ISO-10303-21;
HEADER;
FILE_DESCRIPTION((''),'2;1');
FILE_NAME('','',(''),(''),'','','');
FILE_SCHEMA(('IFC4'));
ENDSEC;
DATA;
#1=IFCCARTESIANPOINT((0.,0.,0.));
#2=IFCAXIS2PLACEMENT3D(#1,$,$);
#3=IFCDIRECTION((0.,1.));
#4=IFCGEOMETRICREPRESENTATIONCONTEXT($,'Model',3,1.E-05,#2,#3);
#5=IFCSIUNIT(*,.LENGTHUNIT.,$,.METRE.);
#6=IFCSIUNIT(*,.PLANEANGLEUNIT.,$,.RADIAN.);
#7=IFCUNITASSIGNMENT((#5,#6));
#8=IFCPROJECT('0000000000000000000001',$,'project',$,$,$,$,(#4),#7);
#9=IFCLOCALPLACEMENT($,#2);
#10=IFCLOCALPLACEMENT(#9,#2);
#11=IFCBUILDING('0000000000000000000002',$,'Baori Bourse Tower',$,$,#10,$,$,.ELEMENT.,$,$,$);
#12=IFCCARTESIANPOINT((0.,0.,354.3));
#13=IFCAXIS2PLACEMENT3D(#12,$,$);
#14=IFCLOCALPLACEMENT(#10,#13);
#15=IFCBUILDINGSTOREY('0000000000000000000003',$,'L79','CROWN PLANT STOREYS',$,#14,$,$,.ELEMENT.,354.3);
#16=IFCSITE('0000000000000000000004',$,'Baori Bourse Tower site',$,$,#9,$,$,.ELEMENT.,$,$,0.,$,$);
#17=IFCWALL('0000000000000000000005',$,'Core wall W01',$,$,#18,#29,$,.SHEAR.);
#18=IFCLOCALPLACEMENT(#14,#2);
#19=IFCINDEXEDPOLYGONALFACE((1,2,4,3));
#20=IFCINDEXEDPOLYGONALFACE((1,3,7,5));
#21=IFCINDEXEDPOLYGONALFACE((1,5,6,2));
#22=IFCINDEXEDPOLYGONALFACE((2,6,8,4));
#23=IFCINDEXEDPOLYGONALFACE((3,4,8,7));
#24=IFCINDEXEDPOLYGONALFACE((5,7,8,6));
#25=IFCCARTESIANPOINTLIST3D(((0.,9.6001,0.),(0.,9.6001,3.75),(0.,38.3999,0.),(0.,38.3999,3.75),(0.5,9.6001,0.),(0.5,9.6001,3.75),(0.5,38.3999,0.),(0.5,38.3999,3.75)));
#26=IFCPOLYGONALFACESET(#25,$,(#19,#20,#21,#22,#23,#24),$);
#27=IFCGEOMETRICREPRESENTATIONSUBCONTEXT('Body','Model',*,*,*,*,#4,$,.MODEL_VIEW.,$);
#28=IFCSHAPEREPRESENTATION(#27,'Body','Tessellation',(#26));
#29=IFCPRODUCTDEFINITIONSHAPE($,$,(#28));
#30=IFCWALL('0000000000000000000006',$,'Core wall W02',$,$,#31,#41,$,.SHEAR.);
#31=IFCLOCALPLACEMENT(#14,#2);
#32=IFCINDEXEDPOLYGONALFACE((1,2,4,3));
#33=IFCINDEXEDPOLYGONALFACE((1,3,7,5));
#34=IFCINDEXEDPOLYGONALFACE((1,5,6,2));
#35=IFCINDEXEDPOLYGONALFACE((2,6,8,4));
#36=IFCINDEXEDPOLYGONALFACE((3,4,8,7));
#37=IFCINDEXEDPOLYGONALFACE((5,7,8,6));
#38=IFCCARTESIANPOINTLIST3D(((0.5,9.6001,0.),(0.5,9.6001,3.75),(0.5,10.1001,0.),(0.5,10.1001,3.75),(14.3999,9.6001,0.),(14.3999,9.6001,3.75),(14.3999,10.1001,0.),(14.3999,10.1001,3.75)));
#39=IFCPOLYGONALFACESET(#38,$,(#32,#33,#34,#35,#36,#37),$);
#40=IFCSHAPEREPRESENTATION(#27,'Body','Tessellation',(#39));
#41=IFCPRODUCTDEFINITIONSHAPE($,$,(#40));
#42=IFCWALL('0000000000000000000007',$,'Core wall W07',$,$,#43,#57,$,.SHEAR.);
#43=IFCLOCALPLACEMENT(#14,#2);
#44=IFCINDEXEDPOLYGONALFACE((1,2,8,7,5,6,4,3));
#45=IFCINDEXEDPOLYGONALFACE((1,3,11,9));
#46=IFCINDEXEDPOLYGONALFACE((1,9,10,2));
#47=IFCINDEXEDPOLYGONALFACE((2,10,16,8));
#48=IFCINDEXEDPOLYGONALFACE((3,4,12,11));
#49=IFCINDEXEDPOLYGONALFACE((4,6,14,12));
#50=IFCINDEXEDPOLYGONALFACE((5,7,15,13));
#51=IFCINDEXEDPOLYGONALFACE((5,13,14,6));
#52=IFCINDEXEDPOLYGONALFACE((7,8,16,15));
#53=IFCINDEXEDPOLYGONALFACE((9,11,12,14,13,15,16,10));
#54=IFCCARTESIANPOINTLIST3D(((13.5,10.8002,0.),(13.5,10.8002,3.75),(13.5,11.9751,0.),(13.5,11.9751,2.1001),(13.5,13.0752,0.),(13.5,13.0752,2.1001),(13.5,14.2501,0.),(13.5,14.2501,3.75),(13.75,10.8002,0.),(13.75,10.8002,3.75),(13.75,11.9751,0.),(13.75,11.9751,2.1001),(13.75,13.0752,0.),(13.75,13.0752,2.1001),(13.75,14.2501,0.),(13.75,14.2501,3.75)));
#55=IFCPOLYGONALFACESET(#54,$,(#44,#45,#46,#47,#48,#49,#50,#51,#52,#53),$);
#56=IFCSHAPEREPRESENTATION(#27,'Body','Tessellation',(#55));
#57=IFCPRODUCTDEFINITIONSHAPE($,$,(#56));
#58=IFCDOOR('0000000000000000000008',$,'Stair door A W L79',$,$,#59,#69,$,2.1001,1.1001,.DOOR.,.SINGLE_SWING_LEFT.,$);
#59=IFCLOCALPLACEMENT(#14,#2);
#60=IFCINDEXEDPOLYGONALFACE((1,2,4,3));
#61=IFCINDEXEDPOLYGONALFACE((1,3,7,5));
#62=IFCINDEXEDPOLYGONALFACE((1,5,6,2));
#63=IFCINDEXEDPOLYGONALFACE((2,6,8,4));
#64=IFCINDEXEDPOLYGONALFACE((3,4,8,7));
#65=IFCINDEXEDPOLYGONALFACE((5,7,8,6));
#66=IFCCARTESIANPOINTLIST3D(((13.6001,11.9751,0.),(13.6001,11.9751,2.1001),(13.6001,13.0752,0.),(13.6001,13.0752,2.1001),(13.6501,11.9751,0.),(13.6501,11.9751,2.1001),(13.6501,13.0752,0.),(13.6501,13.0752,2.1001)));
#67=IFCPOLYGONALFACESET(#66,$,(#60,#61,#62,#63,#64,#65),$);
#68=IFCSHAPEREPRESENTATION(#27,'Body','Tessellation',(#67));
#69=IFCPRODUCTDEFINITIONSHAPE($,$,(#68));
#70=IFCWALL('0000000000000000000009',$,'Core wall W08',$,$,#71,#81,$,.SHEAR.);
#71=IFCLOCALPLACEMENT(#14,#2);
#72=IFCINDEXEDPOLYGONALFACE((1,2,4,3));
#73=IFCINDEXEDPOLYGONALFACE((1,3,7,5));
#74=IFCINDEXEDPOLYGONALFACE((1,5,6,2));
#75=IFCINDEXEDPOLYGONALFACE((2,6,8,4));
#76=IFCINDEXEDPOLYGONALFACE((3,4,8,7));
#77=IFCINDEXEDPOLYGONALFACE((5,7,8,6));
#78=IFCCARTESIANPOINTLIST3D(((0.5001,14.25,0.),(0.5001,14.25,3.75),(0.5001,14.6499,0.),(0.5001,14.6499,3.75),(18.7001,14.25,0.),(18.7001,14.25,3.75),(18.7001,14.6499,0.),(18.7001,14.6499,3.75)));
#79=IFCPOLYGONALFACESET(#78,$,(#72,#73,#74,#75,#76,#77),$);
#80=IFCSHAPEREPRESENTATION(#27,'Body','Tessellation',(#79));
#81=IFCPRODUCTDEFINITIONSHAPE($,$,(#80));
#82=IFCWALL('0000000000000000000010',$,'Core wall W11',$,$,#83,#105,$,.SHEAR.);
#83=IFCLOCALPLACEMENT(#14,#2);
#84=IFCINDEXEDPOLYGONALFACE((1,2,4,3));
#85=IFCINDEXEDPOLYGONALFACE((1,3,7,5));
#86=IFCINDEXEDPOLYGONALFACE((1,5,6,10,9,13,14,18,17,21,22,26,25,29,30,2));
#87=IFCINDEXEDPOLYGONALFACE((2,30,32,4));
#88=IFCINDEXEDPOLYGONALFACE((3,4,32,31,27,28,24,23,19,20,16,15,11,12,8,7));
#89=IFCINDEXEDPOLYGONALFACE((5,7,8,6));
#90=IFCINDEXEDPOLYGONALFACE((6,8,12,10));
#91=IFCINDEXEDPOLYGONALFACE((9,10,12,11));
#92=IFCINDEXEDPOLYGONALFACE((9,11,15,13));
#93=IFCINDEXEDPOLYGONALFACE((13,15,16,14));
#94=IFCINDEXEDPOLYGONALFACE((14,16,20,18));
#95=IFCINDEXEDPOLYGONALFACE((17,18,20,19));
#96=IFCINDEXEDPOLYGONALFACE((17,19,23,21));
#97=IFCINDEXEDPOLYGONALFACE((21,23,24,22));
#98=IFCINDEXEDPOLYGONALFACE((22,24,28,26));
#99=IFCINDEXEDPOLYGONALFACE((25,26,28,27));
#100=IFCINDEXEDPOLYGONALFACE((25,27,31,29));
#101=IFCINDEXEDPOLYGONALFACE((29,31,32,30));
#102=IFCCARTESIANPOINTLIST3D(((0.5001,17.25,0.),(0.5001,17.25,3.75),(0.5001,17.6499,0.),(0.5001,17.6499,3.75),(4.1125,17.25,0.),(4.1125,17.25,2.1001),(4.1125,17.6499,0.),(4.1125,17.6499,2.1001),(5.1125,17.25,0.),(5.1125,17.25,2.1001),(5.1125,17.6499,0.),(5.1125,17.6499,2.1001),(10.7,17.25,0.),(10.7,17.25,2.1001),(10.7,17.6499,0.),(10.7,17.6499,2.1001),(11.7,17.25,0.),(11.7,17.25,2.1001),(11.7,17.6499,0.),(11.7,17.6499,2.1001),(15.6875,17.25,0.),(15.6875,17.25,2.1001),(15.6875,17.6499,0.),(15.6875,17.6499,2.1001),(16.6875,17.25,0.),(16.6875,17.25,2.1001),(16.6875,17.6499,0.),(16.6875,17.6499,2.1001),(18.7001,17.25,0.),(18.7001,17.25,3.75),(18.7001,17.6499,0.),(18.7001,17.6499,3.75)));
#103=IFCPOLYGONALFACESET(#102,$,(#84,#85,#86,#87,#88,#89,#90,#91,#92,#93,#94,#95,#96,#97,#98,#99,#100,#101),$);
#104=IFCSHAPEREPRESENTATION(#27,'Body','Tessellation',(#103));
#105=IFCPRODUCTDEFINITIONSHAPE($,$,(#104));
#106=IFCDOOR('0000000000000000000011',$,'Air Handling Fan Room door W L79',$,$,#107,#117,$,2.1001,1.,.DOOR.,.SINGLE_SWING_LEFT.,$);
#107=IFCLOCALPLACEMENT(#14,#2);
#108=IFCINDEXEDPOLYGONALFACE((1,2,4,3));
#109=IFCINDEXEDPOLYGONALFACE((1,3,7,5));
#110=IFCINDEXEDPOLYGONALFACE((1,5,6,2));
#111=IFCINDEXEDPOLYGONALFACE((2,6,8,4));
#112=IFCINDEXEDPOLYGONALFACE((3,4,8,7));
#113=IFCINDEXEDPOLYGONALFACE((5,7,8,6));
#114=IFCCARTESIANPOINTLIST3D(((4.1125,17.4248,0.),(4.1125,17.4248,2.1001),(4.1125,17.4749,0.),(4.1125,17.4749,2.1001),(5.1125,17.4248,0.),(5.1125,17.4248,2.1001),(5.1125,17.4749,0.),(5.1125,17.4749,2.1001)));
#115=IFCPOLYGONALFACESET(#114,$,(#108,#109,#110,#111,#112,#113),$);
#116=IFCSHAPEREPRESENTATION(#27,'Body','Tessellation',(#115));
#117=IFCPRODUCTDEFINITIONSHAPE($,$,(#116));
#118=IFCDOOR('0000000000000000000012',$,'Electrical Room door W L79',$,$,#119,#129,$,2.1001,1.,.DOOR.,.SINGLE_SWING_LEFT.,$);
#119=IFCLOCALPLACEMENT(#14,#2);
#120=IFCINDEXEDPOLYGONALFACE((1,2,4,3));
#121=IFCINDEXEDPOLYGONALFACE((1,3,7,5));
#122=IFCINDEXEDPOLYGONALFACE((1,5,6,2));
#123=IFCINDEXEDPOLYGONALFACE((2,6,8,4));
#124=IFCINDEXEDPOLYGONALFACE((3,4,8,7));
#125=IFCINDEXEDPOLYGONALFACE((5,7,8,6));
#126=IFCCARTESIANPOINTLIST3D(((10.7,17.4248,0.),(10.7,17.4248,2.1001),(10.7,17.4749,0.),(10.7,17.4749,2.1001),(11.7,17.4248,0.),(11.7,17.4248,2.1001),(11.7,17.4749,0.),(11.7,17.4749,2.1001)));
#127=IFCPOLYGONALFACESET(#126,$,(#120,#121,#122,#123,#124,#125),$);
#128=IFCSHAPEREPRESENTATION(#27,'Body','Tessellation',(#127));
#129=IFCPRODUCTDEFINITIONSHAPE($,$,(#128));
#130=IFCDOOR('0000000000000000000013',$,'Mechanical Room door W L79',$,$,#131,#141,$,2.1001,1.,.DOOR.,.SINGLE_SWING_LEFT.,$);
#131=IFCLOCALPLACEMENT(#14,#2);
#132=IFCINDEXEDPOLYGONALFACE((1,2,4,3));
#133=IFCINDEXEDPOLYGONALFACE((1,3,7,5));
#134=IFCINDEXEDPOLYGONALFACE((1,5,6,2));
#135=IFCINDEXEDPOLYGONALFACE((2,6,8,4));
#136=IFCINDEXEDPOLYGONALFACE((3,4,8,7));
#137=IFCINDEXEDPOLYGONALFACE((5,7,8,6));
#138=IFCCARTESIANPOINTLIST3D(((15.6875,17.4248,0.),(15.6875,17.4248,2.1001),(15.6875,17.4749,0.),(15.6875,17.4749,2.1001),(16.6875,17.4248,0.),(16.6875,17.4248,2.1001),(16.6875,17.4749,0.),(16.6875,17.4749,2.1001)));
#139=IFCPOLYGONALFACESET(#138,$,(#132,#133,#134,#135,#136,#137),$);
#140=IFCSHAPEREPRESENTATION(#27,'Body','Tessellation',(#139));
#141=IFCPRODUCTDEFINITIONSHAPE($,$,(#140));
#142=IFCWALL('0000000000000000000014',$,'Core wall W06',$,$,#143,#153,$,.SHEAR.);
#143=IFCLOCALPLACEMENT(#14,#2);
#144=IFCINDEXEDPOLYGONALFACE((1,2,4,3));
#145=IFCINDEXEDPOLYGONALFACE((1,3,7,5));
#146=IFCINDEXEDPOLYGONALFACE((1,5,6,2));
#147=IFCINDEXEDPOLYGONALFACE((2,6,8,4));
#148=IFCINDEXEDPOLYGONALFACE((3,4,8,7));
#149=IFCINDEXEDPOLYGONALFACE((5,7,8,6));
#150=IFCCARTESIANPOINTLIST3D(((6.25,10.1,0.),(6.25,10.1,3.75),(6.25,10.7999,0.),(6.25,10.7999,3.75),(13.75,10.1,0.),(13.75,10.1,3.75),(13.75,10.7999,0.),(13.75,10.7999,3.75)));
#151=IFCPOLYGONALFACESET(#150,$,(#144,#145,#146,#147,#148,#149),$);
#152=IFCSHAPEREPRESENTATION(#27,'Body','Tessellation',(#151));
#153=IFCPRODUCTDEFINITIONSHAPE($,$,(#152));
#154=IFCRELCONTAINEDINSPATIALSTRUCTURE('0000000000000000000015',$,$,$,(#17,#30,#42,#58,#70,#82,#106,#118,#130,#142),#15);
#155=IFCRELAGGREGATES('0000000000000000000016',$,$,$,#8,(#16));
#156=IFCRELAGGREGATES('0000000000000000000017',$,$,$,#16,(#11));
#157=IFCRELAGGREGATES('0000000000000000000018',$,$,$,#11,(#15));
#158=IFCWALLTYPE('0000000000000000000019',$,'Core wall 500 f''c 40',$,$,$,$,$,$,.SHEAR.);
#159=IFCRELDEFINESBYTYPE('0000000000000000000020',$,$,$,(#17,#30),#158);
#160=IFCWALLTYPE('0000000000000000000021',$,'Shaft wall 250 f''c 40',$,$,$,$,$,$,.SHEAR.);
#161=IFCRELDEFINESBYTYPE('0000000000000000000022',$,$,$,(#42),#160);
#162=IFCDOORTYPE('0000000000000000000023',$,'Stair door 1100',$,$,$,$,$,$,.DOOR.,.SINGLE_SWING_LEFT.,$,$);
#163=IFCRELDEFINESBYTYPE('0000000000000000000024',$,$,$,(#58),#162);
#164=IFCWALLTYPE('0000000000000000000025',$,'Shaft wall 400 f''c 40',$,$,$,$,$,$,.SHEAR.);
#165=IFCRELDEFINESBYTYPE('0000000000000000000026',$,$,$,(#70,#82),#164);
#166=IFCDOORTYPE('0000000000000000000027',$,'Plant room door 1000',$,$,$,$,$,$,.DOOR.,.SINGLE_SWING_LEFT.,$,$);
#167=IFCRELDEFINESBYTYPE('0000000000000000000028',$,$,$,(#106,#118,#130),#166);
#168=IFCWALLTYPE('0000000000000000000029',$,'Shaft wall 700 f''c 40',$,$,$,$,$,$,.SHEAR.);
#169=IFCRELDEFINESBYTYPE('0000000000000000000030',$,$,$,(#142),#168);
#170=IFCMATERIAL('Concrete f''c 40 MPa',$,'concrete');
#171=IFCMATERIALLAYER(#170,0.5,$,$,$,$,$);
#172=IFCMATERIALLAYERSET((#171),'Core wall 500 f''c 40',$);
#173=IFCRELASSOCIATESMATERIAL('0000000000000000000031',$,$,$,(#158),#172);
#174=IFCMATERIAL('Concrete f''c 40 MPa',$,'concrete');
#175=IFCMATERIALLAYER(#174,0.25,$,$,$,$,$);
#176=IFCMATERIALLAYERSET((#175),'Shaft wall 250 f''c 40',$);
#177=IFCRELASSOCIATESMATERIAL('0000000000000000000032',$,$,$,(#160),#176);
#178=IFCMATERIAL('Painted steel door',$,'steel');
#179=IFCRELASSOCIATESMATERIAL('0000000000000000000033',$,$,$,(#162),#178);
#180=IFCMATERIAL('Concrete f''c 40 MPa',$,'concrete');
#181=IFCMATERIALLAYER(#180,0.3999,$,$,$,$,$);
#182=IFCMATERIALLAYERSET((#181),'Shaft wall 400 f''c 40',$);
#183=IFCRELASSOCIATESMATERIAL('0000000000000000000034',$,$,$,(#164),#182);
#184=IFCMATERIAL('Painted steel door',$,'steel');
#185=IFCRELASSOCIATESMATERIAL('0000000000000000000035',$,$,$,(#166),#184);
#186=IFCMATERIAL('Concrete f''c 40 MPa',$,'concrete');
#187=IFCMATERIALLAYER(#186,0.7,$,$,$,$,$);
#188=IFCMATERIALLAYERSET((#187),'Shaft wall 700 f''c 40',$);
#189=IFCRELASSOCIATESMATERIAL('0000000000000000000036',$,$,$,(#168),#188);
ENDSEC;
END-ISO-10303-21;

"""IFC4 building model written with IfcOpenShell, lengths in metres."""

from ifc_helpers import new_model, si_unit, direction, frame, frame_2d, origin, place, context, subcontext, project, spatial, rectangle, extrude, material, layer, layer_set, type_object, element, fill, save


model = new_model("IFC4")

# Units and contexts
model_context = context("Model", 3, precision=1e-05, world=origin(), true_north=direction((0.0, 1.0)))
body_context = subcontext(model_context, "Body", "Model", "MODEL_VIEW")
ifc_project = project(units=[si_unit("LENGTHUNIT", "METRE"), si_unit("PLANEANGLEUNIT", "RADIAN")], contexts=[model_context])

# Site, building, storey
site_placement = place(None, origin())
site = spatial("IfcSite", under=ifc_project, at=site_placement, Name="Baori Bourse Tower site", CompositionType="ELEMENT", RefElevation=0.0)
building_placement = place(site_placement, origin())
building = spatial("IfcBuilding", under=site, at=building_placement, Name="Baori Bourse Tower", CompositionType="ELEMENT")
storey_placement = place(building_placement, frame((0.0, 0.0, 354.3)))
storey = spatial("IfcBuildingStorey", under=building, at=storey_placement, Name="L79", Description="CROWN PLANT STOREYS", CompositionType="ELEMENT", Elevation=354.3)

# Walls
ifc_material_1 = material(Name="Concrete f'c 40 MPa", Category="concrete")
ifc_layer_1 = layer(ifc_material_1, 0.5)
ifc_layer_set_1 = layer_set([ifc_layer_1], Name="Core wall 500 f'c 40")
wall_type_1 = type_object("IfcWallType", Name="Core wall 500 f'c 40", PredefinedType="SHEAR", material=ifc_layer_set_1)
wall_1_placement = place(storey_placement, frame((0.25, 9.6001, 0.0), z_axis=(0.0, 0.0, 1.0), x_axis=(0.0, 1.0, 0.0)))
element("IfcWall", 1, at=wall_1_placement, inside=storey, type_object=wall_type_1, Name="Core wall W01", PredefinedType="SHEAR", context=body_context, shape_type="SweptSolid", body=[
    extrude(rectangle(XDim=28.7998, YDim=0.5, at=frame_2d((14.3999, 0.0))), origin(), (0.0, 0.0, 1.0), 3.75),
])
wall_2_placement = place(storey_placement, frame((14.3999, 9.8501, 0.0), z_axis=(0.0, 0.0, 1.0), x_axis=(-1.0, 0.0, 0.0)))
element("IfcWall", 2, at=wall_2_placement, inside=storey, type_object=wall_type_1, Name="Core wall W02", PredefinedType="SHEAR", context=body_context, shape_type="SweptSolid", body=[
    extrude(rectangle(XDim=13.8999, YDim=0.5, at=frame_2d((6.95, 0.0))), origin(), (0.0, 0.0, 1.0), 3.75),
])

# Wall, opening, door
ifc_material_2 = material(Name="Concrete f'c 40 MPa", Category="concrete")
ifc_layer_2 = layer(ifc_material_2, 0.25)
ifc_layer_set_2 = layer_set([ifc_layer_2], Name="Shaft wall 250 f'c 40")
wall_type_2 = type_object("IfcWallType", Name="Shaft wall 250 f'c 40", PredefinedType="SHEAR", material=ifc_layer_set_2)
wall_3_placement = place(storey_placement, frame((13.625, 10.8, 0.0), z_axis=(0.0, 0.0, 1.0), x_axis=(0.0, 1.0, 0.0)))
wall_3 = element("IfcWall", 3, at=wall_3_placement, inside=storey, type_object=wall_type_2, Name="Core wall W07", PredefinedType="SHEAR", context=body_context, shape_type="SweptSolid", body=[
    extrude(rectangle(XDim=3.45, YDim=0.25, at=frame_2d((1.7251, 0.0))), origin(), (0.0, 0.0, 1.0), 3.75),
])
opening_1_placement = place(wall_3_placement, frame((1.175, 0.0, 0.0)))
opening_1 = element("IfcOpeningElement", 4, at=opening_1_placement, cuts=wall_3, PredefinedType="OPENING", context=body_context, shape_type="SweptSolid", body=[
    extrude(rectangle(XDim=1.1001, YDim=2.1001, at=frame_2d((0.55, 1.05))), frame((0.0, 0.135, 0.0), z_axis=(0.0, -1.0, 0.0), x_axis=(1.0, 0.0, 0.0)), (0.0, 0.0, 1.0), 0.27),
])
ifc_material_3 = material(Name="Painted steel door", Category="steel")
door_type_1 = type_object("IfcDoorType", Name="Stair door 1100", OperationType="SINGLE_SWING_LEFT", PredefinedType="DOOR", material=ifc_material_3)
door_1_placement = place(opening_1_placement, origin())
door_1 = element("IfcDoor", 5, at=door_1_placement, inside=storey, type_object=door_type_1, Name="Stair door A W L79", OperationType="SINGLE_SWING_LEFT", OverallHeight=2.1001, OverallWidth=1.1001, PredefinedType="DOOR", context=body_context, shape_type="SweptSolid", body=[
    extrude(rectangle(XDim=1.1001, YDim=2.1001, at=frame_2d((0.55, 1.05))), frame((0.0, 0.0249, 0.0), z_axis=(0.0, -1.0, 0.0), x_axis=(1.0, 0.0, 0.0)), (0.0, 0.0, 1.0), 0.05),
])
fill(opening_1, door_1)

# Wall
ifc_material_4 = material(Name="Concrete f'c 40 MPa", Category="concrete")
ifc_layer_3 = layer(ifc_material_4, 0.3999)
ifc_layer_set_3 = layer_set([ifc_layer_3], Name="Shaft wall 400 f'c 40")
wall_type_3 = type_object("IfcWallType", Name="Shaft wall 400 f'c 40", PredefinedType="SHEAR", material=ifc_layer_set_3)
wall_4_placement = place(storey_placement, frame((0.5, 14.45, 0.0), z_axis=(0.0, 0.0, 1.0), x_axis=(1.0, 0.0, 0.0)))
element("IfcWall", 6, at=wall_4_placement, inside=storey, type_object=wall_type_3, Name="Core wall W08", PredefinedType="SHEAR", context=body_context, shape_type="SweptSolid", body=[
    extrude(rectangle(XDim=18.2, YDim=0.3999, at=frame_2d((9.1001, 0.0))), origin(), (0.0, 0.0, 1.0), 3.75),
])

# Wall, openings, doors
wall_5_placement = place(storey_placement, frame((0.5, 17.45, 0.0), z_axis=(0.0, 0.0, 1.0), x_axis=(1.0, 0.0, 0.0)))
wall_5 = element("IfcWall", 7, at=wall_5_placement, inside=storey, type_object=wall_type_3, Name="Core wall W11", PredefinedType="SHEAR", context=body_context, shape_type="SweptSolid", body=[
    extrude(rectangle(XDim=18.2, YDim=0.3999, at=frame_2d((9.1001, 0.0))), origin(), (0.0, 0.0, 1.0), 3.75),
])
opening_2_placement = place(wall_5_placement, frame((3.6125, 0.0, 0.0)))
opening_2 = element("IfcOpeningElement", 8, at=opening_2_placement, cuts=wall_5, PredefinedType="OPENING", context=body_context, shape_type="SweptSolid", body=[
    extrude(rectangle(XDim=1.0, YDim=2.1001, at=frame_2d((0.5, 1.05))), frame((0.0, 0.21, 0.0), z_axis=(0.0, -1.0, 0.0), x_axis=(1.0, 0.0, 0.0)), (0.0, 0.0, 1.0), 0.4199),
])
opening_3_placement = place(wall_5_placement, frame((10.2, 0.0, 0.0)))
opening_3 = element("IfcOpeningElement", 9, at=opening_3_placement, cuts=wall_5, PredefinedType="OPENING", context=body_context, shape_type="SweptSolid", body=[
    extrude(rectangle(XDim=1.0, YDim=2.1001, at=frame_2d((0.5, 1.05))), frame((0.0, 0.21, 0.0), z_axis=(0.0, -1.0, 0.0), x_axis=(1.0, 0.0, 0.0)), (0.0, 0.0, 1.0), 0.4199),
])
opening_4_placement = place(wall_5_placement, frame((15.1875, 0.0, 0.0)))
opening_4 = element("IfcOpeningElement", 10, at=opening_4_placement, cuts=wall_5, PredefinedType="OPENING", context=body_context, shape_type="SweptSolid", body=[
    extrude(rectangle(XDim=1.0, YDim=2.1001, at=frame_2d((0.5, 1.05))), frame((0.0, 0.21, 0.0), z_axis=(0.0, -1.0, 0.0), x_axis=(1.0, 0.0, 0.0)), (0.0, 0.0, 1.0), 0.4199),
])
ifc_material_5 = material(Name="Painted steel door", Category="steel")
door_type_2 = type_object("IfcDoorType", Name="Plant room door 1000", OperationType="SINGLE_SWING_LEFT", PredefinedType="DOOR", material=ifc_material_5)
door_2_placement = place(opening_2_placement, origin())
door_2 = element("IfcDoor", 11, at=door_2_placement, inside=storey, type_object=door_type_2, Name="Air Handling Fan Room door W L79", OperationType="SINGLE_SWING_LEFT", OverallHeight=2.1001, OverallWidth=1.0, PredefinedType="DOOR", context=body_context, shape_type="SweptSolid", body=[
    extrude(rectangle(XDim=1.0, YDim=2.1001, at=frame_2d((0.5, 1.05))), frame((0.0, 0.0249, 0.0), z_axis=(0.0, -1.0, 0.0), x_axis=(1.0, 0.0, 0.0)), (0.0, 0.0, 1.0), 0.05),
])
fill(opening_2, door_2)
door_3_placement = place(opening_3_placement, origin())
door_3 = element("IfcDoor", 12, at=door_3_placement, inside=storey, type_object=door_type_2, Name="Electrical Room door W L79", OperationType="SINGLE_SWING_LEFT", OverallHeight=2.1001, OverallWidth=1.0, PredefinedType="DOOR", context=body_context, shape_type="SweptSolid", body=[
    extrude(rectangle(XDim=1.0, YDim=2.1001, at=frame_2d((0.5, 1.05))), frame((0.0, 0.0249, 0.0), z_axis=(0.0, -1.0, 0.0), x_axis=(1.0, 0.0, 0.0)), (0.0, 0.0, 1.0), 0.05),
])
fill(opening_3, door_3)
door_4_placement = place(opening_4_placement, origin())
door_4 = element("IfcDoor", 13, at=door_4_placement, inside=storey, type_object=door_type_2, Name="Mechanical Room door W L79", OperationType="SINGLE_SWING_LEFT", OverallHeight=2.1001, OverallWidth=1.0, PredefinedType="DOOR", context=body_context, shape_type="SweptSolid", body=[
    extrude(rectangle(XDim=1.0, YDim=2.1001, at=frame_2d((0.5, 1.05))), frame((0.0, 0.0249, 0.0), z_axis=(0.0, -1.0, 0.0), x_axis=(1.0, 0.0, 0.0)), (0.0, 0.0, 1.0), 0.05),
])
fill(opening_4, door_4)

# Wall
ifc_material_6 = material(Name="Concrete f'c 40 MPa", Category="concrete")
ifc_layer_4 = layer(ifc_material_6, 0.7)
ifc_layer_set_4 = layer_set([ifc_layer_4], Name="Shaft wall 700 f'c 40")
wall_type_4 = type_object("IfcWallType", Name="Shaft wall 700 f'c 40", PredefinedType="SHEAR", material=ifc_layer_set_4)
wall_6_placement = place(storey_placement, frame((6.25, 10.45, 0.0), z_axis=(0.0, 0.0, 1.0), x_axis=(1.0, 0.0, 0.0)))
element("IfcWall", 14, at=wall_6_placement, inside=storey, type_object=wall_type_4, Name="Core wall W06", PredefinedType="SHEAR", context=body_context, shape_type="SweptSolid", body=[
    extrude(rectangle(XDim=7.5, YDim=0.7, at=frame_2d((3.75, 0.0))), origin(), (0.0, 0.0, 1.0), 3.75),
])

save(model, "model.ifc")
